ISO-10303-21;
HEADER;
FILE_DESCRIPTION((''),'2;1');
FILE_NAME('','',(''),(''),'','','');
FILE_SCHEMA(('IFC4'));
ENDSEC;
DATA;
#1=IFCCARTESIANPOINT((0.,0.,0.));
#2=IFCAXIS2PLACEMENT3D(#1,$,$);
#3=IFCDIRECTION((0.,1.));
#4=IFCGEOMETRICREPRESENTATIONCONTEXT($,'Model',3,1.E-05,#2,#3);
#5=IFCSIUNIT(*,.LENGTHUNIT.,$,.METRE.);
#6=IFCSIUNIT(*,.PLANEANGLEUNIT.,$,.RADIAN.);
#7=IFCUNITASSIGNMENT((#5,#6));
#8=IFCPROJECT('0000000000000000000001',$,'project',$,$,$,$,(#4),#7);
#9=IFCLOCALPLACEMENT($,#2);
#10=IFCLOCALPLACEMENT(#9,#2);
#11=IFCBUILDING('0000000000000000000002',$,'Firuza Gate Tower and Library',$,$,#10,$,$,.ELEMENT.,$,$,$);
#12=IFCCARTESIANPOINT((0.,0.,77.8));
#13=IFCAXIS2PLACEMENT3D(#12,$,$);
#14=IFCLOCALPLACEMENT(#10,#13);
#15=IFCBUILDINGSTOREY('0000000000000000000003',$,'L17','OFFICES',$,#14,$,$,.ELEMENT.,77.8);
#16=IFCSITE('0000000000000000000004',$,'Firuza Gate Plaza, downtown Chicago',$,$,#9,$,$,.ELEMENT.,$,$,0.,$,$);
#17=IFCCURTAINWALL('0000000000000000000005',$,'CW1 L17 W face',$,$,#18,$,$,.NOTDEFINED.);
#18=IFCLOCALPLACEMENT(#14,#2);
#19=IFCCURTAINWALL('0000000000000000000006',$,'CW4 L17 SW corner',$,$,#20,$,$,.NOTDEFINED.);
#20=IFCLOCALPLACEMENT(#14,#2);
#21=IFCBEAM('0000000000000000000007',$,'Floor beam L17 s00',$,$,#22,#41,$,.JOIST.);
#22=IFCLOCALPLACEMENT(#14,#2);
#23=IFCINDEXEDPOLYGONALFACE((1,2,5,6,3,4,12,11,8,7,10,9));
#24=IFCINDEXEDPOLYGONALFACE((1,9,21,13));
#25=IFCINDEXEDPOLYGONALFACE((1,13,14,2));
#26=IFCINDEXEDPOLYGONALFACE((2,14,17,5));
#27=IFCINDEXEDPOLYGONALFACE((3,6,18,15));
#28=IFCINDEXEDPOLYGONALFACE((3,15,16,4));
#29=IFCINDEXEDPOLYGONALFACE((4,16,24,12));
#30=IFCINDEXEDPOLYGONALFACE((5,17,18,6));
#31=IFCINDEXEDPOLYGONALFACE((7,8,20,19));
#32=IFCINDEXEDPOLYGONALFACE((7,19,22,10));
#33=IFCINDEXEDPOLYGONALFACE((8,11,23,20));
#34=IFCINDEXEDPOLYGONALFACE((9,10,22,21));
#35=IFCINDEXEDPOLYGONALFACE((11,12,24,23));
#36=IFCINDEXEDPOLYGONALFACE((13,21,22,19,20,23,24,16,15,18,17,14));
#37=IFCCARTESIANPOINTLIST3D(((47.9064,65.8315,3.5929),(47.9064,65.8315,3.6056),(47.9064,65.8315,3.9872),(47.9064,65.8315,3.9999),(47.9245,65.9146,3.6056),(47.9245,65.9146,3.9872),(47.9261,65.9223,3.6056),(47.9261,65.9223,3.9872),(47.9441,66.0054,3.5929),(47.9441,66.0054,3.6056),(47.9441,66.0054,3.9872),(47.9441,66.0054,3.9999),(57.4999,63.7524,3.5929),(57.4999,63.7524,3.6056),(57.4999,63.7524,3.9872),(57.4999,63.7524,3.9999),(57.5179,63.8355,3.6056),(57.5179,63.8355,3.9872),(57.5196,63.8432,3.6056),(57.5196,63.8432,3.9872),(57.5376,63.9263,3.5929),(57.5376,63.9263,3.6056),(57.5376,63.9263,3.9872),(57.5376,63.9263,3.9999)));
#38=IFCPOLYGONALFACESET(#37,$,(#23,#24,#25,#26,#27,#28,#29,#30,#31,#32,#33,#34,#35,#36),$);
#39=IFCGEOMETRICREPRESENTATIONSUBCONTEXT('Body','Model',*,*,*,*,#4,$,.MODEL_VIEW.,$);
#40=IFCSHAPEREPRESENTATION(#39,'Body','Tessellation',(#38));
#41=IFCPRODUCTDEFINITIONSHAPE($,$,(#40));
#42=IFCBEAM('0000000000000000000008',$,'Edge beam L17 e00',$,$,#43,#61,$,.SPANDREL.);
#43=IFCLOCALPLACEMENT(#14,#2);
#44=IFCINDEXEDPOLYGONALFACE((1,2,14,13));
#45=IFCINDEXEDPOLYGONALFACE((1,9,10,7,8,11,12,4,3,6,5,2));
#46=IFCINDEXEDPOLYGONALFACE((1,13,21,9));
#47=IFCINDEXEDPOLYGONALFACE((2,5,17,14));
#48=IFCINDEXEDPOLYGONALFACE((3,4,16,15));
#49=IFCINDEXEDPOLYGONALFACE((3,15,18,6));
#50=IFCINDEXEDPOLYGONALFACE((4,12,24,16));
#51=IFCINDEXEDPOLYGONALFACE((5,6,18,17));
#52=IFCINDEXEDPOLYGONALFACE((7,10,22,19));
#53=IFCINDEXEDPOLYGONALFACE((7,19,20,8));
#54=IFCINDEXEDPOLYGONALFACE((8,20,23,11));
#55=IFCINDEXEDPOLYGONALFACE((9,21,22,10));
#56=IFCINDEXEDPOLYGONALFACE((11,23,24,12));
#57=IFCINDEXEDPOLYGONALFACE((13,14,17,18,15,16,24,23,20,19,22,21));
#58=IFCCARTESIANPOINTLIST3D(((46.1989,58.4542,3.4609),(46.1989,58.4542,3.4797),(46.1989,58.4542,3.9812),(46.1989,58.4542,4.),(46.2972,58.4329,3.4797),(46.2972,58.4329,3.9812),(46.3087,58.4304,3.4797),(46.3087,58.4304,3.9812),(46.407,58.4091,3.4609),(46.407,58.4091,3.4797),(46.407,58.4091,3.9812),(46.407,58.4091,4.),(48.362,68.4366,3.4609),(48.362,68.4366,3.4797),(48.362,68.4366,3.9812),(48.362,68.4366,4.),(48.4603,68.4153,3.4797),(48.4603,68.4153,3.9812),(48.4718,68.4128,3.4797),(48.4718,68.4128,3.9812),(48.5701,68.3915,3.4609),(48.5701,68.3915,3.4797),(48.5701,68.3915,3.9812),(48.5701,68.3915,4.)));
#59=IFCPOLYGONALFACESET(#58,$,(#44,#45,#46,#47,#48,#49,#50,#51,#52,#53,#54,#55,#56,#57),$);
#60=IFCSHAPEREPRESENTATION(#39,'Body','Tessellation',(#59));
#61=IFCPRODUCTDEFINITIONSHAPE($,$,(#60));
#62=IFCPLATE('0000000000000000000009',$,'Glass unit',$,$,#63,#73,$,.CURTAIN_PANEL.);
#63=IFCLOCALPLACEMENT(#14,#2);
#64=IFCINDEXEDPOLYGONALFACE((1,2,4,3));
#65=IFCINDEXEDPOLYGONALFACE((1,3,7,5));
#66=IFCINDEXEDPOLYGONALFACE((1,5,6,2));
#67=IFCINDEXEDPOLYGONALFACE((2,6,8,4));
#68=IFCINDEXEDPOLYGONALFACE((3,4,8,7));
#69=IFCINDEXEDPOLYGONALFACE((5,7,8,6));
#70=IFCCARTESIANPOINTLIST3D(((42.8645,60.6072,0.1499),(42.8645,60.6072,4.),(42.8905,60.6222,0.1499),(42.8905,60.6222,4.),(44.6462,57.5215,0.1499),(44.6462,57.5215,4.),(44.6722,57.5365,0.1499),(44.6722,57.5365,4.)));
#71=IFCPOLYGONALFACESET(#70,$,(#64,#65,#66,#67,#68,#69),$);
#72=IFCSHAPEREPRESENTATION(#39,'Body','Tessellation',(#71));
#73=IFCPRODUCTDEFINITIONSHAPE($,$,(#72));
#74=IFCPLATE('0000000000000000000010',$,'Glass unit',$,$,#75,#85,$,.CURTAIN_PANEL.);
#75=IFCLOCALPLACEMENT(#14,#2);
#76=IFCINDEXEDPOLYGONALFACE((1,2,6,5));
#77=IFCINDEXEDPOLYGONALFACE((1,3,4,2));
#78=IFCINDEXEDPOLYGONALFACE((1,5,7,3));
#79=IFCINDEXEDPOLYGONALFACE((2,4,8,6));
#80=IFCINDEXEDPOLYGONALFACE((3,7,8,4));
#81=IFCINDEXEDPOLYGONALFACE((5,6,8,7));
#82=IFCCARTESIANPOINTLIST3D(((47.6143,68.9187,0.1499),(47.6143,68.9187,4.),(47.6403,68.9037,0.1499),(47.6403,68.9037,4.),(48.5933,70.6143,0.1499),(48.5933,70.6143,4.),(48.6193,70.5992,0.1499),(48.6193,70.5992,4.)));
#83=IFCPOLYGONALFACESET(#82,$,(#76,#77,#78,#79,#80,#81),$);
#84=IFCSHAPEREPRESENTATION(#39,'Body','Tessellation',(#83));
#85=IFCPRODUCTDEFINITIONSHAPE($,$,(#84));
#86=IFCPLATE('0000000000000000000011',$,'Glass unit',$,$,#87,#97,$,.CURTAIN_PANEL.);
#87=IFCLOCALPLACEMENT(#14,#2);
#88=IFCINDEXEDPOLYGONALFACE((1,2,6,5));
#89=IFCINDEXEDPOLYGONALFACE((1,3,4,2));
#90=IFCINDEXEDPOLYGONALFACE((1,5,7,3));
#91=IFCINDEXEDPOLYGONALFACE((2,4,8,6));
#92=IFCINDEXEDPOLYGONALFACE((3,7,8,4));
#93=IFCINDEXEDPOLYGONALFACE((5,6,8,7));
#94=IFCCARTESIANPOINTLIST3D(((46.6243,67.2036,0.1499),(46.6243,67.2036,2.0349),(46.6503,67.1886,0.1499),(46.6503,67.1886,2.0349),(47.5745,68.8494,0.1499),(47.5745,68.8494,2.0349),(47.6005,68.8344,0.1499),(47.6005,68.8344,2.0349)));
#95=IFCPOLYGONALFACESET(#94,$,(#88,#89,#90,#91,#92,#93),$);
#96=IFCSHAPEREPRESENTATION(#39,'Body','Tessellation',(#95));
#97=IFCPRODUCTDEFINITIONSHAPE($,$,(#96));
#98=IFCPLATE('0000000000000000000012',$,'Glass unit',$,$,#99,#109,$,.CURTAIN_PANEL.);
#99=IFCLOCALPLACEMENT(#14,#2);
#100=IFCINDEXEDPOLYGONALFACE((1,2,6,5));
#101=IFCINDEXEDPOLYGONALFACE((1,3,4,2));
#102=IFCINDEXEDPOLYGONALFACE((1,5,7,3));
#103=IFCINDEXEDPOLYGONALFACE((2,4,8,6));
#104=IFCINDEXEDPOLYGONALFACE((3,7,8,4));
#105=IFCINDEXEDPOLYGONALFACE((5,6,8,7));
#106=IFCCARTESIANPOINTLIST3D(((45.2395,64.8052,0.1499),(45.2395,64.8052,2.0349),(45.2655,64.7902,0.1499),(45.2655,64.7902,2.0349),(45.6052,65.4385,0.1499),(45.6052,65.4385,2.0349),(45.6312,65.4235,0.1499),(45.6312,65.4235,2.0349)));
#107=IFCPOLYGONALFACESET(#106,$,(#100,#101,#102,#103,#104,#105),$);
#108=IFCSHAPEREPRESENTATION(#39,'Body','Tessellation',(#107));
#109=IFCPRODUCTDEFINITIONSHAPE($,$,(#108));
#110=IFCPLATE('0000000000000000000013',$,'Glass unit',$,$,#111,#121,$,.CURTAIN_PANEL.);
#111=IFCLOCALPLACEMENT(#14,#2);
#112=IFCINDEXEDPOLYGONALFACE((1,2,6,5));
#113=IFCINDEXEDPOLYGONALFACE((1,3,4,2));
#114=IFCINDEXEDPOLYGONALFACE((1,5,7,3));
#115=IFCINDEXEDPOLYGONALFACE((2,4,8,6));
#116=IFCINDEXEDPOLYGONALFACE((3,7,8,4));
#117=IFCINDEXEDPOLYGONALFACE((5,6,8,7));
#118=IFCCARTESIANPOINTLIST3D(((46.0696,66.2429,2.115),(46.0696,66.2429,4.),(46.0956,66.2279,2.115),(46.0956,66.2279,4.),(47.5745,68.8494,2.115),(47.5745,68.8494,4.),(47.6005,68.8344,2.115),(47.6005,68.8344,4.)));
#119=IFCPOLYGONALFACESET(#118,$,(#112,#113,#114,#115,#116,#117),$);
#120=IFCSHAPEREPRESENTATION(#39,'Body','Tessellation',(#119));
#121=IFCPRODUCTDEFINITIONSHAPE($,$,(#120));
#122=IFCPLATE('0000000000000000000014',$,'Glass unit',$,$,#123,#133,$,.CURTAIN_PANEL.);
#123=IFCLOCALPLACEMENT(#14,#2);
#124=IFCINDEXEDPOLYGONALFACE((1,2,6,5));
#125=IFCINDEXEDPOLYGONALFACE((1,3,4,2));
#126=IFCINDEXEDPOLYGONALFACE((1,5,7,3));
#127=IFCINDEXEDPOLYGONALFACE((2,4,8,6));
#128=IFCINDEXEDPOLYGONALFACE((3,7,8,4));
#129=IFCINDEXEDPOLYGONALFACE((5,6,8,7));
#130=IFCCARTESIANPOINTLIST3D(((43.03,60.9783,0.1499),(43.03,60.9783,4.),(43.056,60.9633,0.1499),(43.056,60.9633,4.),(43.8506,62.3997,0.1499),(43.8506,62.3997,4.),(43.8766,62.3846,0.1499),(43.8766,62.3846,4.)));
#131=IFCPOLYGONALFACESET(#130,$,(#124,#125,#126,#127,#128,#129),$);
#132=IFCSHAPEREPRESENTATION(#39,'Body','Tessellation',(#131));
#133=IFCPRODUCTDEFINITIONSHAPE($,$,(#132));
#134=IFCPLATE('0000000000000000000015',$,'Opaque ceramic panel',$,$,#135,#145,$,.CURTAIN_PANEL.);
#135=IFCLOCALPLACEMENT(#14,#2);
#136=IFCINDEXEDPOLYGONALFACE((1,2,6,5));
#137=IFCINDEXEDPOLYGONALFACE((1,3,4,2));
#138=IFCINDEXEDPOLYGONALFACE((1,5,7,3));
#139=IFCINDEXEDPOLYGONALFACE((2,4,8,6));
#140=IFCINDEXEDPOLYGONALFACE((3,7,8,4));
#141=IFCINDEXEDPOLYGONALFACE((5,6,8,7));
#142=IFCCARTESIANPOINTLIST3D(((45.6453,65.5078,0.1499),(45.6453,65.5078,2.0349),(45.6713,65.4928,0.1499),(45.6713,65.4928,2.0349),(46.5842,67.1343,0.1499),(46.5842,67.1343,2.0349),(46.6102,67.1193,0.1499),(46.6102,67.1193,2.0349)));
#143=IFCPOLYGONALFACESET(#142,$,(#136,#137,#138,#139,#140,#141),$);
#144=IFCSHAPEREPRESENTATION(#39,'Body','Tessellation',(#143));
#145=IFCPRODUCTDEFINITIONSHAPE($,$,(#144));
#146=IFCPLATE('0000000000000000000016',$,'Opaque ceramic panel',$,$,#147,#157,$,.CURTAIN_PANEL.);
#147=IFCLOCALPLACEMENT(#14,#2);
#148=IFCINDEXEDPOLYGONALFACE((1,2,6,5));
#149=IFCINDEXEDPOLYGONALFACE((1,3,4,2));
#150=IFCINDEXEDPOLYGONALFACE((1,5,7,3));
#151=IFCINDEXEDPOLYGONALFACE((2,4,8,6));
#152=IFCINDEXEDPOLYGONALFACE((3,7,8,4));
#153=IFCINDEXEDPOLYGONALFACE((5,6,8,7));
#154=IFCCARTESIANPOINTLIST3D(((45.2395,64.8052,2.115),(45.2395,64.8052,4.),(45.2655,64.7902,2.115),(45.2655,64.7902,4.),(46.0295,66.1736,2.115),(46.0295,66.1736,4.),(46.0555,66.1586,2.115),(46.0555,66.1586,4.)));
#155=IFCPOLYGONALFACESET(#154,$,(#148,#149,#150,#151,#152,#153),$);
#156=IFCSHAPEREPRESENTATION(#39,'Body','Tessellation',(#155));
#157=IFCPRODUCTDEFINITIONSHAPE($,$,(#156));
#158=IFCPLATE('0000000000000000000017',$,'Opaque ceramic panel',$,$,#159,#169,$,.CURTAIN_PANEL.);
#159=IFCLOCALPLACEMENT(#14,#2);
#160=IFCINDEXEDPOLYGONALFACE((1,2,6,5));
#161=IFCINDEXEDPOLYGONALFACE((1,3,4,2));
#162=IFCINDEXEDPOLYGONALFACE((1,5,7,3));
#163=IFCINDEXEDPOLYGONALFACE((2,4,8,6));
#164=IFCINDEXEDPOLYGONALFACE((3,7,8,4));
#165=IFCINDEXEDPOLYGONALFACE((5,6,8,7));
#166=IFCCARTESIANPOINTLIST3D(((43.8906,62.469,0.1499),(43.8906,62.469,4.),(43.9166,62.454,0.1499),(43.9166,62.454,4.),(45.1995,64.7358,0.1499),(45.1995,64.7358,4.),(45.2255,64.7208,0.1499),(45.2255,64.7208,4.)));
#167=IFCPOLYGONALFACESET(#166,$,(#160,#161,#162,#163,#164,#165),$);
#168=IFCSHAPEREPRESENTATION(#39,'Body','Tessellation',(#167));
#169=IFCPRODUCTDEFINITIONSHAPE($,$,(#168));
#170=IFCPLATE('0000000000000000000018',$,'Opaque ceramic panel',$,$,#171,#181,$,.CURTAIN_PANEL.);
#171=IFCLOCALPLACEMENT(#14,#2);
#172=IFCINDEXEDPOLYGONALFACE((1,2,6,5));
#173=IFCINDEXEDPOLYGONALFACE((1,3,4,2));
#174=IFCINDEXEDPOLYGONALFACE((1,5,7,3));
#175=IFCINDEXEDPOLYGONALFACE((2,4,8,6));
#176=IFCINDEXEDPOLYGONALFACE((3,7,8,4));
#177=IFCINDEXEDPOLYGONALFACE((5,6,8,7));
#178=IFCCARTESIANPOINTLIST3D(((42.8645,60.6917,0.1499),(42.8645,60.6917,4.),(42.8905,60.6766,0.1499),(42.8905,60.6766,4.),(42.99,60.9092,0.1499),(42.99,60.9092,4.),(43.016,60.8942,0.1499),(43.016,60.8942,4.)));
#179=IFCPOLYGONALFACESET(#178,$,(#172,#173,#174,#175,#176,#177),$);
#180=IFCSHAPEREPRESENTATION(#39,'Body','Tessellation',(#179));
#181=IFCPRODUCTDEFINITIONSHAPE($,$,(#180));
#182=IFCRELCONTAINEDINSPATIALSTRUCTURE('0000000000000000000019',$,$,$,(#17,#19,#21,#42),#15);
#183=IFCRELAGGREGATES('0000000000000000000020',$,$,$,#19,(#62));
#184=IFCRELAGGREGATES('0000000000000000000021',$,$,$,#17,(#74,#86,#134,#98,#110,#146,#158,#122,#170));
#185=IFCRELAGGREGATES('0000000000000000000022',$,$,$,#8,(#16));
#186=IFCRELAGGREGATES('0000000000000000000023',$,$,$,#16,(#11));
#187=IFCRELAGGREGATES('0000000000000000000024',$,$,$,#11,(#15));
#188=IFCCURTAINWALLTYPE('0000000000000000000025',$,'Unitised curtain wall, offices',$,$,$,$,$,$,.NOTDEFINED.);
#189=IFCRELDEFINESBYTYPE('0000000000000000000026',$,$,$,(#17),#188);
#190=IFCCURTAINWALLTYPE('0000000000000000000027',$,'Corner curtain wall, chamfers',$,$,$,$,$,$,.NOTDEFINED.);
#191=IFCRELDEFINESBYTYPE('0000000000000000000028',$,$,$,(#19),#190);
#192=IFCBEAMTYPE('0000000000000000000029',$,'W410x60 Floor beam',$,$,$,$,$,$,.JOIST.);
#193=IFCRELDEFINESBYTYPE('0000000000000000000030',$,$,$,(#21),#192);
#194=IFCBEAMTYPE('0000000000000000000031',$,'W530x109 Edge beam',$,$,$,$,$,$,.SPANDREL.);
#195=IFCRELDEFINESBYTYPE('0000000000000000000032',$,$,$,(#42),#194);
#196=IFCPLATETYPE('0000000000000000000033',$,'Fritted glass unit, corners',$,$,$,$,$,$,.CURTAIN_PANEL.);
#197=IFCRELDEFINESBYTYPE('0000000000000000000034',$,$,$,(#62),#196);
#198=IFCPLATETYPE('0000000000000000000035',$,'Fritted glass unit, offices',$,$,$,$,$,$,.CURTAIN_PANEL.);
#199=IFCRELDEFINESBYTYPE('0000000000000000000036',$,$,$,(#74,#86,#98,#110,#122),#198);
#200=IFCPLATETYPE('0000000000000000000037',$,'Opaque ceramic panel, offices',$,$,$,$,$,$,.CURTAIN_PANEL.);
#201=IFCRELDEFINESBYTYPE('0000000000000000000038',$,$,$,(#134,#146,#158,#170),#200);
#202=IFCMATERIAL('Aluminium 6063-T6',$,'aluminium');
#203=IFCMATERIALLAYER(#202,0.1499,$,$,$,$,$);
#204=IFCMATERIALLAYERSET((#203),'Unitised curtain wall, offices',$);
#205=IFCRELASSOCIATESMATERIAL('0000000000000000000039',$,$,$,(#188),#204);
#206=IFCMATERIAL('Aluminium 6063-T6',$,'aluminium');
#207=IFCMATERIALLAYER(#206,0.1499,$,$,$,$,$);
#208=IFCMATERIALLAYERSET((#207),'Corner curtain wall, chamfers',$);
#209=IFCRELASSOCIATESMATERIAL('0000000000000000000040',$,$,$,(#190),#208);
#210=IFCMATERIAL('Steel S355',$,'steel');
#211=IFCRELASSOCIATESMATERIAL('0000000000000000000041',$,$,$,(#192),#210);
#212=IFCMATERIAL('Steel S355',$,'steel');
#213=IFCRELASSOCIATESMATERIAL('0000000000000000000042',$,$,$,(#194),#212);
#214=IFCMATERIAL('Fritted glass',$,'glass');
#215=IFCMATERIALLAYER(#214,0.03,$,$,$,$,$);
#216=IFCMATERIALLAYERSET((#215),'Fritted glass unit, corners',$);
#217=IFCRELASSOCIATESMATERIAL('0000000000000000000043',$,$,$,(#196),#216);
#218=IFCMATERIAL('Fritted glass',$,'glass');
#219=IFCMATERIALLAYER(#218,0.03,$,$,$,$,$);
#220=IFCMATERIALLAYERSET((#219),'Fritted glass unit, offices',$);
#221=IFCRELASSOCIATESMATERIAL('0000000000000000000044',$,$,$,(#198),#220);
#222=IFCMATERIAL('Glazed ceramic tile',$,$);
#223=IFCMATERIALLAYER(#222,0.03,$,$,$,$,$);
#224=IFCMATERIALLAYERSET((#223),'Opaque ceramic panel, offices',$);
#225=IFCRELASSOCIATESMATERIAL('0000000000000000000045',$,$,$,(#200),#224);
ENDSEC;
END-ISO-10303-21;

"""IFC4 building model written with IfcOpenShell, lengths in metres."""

from ifc_helpers import new_model, si_unit, direction, frame, origin, origin_2d, place, context, subcontext, project, spatial, polyline, i_section, outline, extrude, material, layer, layer_set, material_profile, profile_set, type_object, element, aggregate, save


model = new_model("IFC4")

# Units and contexts
model_context = context("Model", 3, precision=1e-05, world=origin(), true_north=direction((0.0, 1.0)))
body_context = subcontext(model_context, "Body", "Model", "MODEL_VIEW")
ifc_project = project(units=[si_unit("LENGTHUNIT", "METRE"), si_unit("PLANEANGLEUNIT", "RADIAN")], contexts=[model_context])

# Site, building, storey
site_placement = place(None, origin())
site = spatial("IfcSite", under=ifc_project, at=site_placement, Name="Firuza Gate Plaza, downtown Chicago", CompositionType="ELEMENT", RefElevation=0.0)
building_placement = place(site_placement, origin())
building = spatial("IfcBuilding", under=site, at=building_placement, Name="Firuza Gate Tower and Library", CompositionType="ELEMENT")
storey_placement = place(building_placement, frame((0.0, 0.0, 77.8)))
storey = spatial("IfcBuildingStorey", under=building, at=storey_placement, Name="L17", Description="OFFICES", CompositionType="ELEMENT", Elevation=77.8)

# Curtain walls
ifc_material_1 = material(Name="Aluminium 6063-T6", Category="aluminium")
ifc_layer_1 = layer(ifc_material_1, 0.1499)
ifc_layer_set_1 = layer_set([ifc_layer_1], Name="Unitised curtain wall, offices")
curtain_wall_type_1 = type_object("IfcCurtainWallType", Name="Unitised curtain wall, offices", PredefinedType="NOTDEFINED", material=ifc_layer_set_1)
placement = place(storey_placement, origin())
curtain_wall_1 = element("IfcCurtainWall", 1, at=placement, inside=storey, type_object=curtain_wall_type_1, Name="CW1 L17 W face", PredefinedType="NOTDEFINED")
ifc_material_2 = material(Name="Aluminium 6063-T6", Category="aluminium")
ifc_layer_2 = layer(ifc_material_2, 0.1499)
ifc_layer_set_2 = layer_set([ifc_layer_2], Name="Corner curtain wall, chamfers")
curtain_wall_type_2 = type_object("IfcCurtainWallType", Name="Corner curtain wall, chamfers", PredefinedType="NOTDEFINED", material=ifc_layer_set_2)
curtain_wall_2 = element("IfcCurtainWall", 2, at=placement, inside=storey, type_object=curtain_wall_type_2, Name="CW4 L17 SW corner", PredefinedType="NOTDEFINED")

# Beams
ifc_material_3 = material(Name="Steel S355", Category="steel")
ifc_material_profile_1 = material_profile(ifc_material_3, i_section(OverallWidth=0.178, OverallDepth=0.407, WebThickness=0.0078, FlangeThickness=0.0127, at=origin_2d()))
ifc_profile_set_1 = profile_set([ifc_material_profile_1], Name="Steel S355")
beam_type_1 = type_object("IfcBeamType", Name="W410x60 Floor beam", PredefinedType="JOIST", material=ifc_profile_set_1)
beam_1_placement = place(storey_placement, frame((47.9253, 65.9185, 3.7964), z_axis=(0.977312, -0.211803, 0.0), x_axis=(0.211803, 0.977312, 0.0)))
element("IfcBeam", 3, at=beam_1_placement, inside=storey, type_object=beam_type_1, Name="Floor beam L17 s00", PredefinedType="JOIST", context=body_context, shape_type="SweptSolid", body=[
    extrude(i_section(OverallWidth=0.178, OverallDepth=0.407, WebThickness=0.0078, FlangeThickness=0.0127, at=origin_2d()), origin(), (0.0, 0.0, 1.0), 9.8162),
])
ifc_material_4 = material(Name="Steel S355", Category="steel")
ifc_material_profile_2 = material_profile(ifc_material_4, i_section(OverallWidth=0.2129, OverallDepth=0.5391, WebThickness=0.0117, FlangeThickness=0.0188, at=origin_2d()))
ifc_profile_set_2 = profile_set([ifc_material_profile_2], Name="Steel S355")
beam_type_2 = type_object("IfcBeamType", Name="W530x109 Edge beam", PredefinedType="SPANDREL", material=ifc_profile_set_2)
beam_2_placement = place(storey_placement, frame((48.4661, 68.4141, 3.7305), z_axis=(-0.211775, -0.977319, 0.0), x_axis=(0.977319, -0.211775, 0.0)))
element("IfcBeam", 4, at=beam_2_placement, inside=storey, type_object=beam_type_2, Name="Edge beam L17 e00", PredefinedType="SPANDREL", context=body_context, shape_type="SweptSolid", body=[
    extrude(i_section(OverallWidth=0.2129, OverallDepth=0.5391, WebThickness=0.0117, FlangeThickness=0.0188, at=origin_2d()), origin(), (0.0, 0.0, 1.0), 10.2141),
])

# Plates
ifc_material_5 = material(Name="Fritted glass", Category="glass")
ifc_layer_3 = layer(ifc_material_5, 0.03)
ifc_layer_set_3 = layer_set([ifc_layer_3], Name="Fritted glass unit, corners")
plate_type_1 = type_object("IfcPlateType", Name="Fritted glass unit, corners", PredefinedType="CURTAIN_PANEL", material=ifc_layer_set_3)
plate_1_placement = place(storey_placement, frame((42.8645, 60.6072, 0.1499), z_axis=(-0.866, -0.500045, 0.0), x_axis=(0.500045, -0.866, 0.0)))
plate_1 = element("IfcPlate", 5, at=plate_1_placement, type_object=plate_type_1, Name="Glass unit", PredefinedType="CURTAIN_PANEL", context=body_context, shape_type="SweptSolid", body=[
    extrude(outline(polyline([(0.0, 0.0), (3.5632, 0.0), (3.5632, 3.8501), (0.0, 3.8501), (0.0, 0.0)])), origin(), (0.0, 0.0, -1.0), 0.03),
])
aggregate(curtain_wall_2, [plate_1])
ifc_material_6 = material(Name="Fritted glass", Category="glass")
ifc_layer_4 = layer(ifc_material_6, 0.03)
ifc_layer_set_4 = layer_set([ifc_layer_4], Name="Fritted glass unit, offices")
plate_type_2 = type_object("IfcPlateType", Name="Fritted glass unit, offices", PredefinedType="CURTAIN_PANEL", material=ifc_layer_set_4)
plate_2_placement = place(storey_placement, frame((48.5933, 70.6143, 0.1499), z_axis=(-0.866009, 0.500028, 0.0), x_axis=(-0.500028, -0.866009, 0.0)))
plate_2 = element("IfcPlate", 6, at=plate_2_placement, type_object=plate_type_2, Name="Glass unit", PredefinedType="CURTAIN_PANEL", context=body_context, shape_type="SweptSolid", body=[
    extrude(outline(polyline([(0.0, 0.0), (1.9579, 0.0), (1.9579, 3.8501), (0.0, 3.8501), (0.0, 0.0)])), origin(), (0.0, 0.0, -1.0), 0.03),
])
plate_3_placement = place(storey_placement, frame((47.5745, 68.8494, 0.1499), z_axis=(-0.866021, 0.500008, 0.0), x_axis=(-0.500008, -0.866021, 0.0)))
plate_3 = element("IfcPlate", 7, at=plate_3_placement, type_object=plate_type_2, Name="Glass unit", PredefinedType="CURTAIN_PANEL", context=body_context, shape_type="SweptSolid", body=[
    extrude(outline(polyline([(0.0, 0.0), (1.9004, 0.0), (1.9004, 1.885), (0.0, 1.885), (0.0, 0.0)])), origin(), (0.0, 0.0, -1.0), 0.03),
])
plate_4_placement = place(storey_placement, frame((45.6052, 65.4385, 0.1499), z_axis=(-0.865974, 0.500088, 0.0), x_axis=(-0.500088, -0.865974, 0.0)))
plate_4 = element("IfcPlate", 8, at=plate_4_placement, type_object=plate_type_2, Name="Glass unit", PredefinedType="CURTAIN_PANEL", context=body_context, shape_type="SweptSolid", body=[
    extrude(outline(polyline([(0.0, 0.0), (0.7313, 0.0), (0.7313, 1.885), (0.0, 1.885), (0.0, 0.0)])), origin(), (0.0, 0.0, -1.0), 0.03),
])
plate_5_placement = place(storey_placement, frame((47.5745, 68.8494, 2.115), z_axis=(-0.866018, 0.500013, 0.0), x_axis=(-0.500013, -0.866018, 0.0)))
plate_5 = element("IfcPlate", 9, at=plate_5_placement, type_object=plate_type_2, Name="Glass unit", PredefinedType="CURTAIN_PANEL", context=body_context, shape_type="SweptSolid", body=[
    extrude(outline(polyline([(0.0, 0.0), (3.0097, 0.0), (3.0097, 1.885), (0.0, 1.885), (0.0, 0.0)])), origin(), (0.0, 0.0, -1.0), 0.03),
])
plate_6_placement = place(storey_placement, frame((43.8506, 62.3997, 0.1499), z_axis=(-0.866047, 0.499963, 0.0), x_axis=(-0.499963, -0.866047, 0.0)))
plate_6 = element("IfcPlate", 10, at=plate_6_placement, type_object=plate_type_2, Name="Glass unit", PredefinedType="CURTAIN_PANEL", context=body_context, shape_type="SweptSolid", body=[
    extrude(outline(polyline([(0.0, 0.0), (1.6412, 0.0), (1.6412, 3.8501), (0.0, 3.8501), (0.0, 0.0)])), origin(), (0.0, 0.0, -1.0), 0.03),
])
ifc_material_7 = material(Name="Glazed ceramic tile")
ifc_layer_5 = layer(ifc_material_7, 0.03)
ifc_layer_set_5 = layer_set([ifc_layer_5], Name="Opaque ceramic panel, offices")
plate_type_3 = type_object("IfcPlateType", Name="Opaque ceramic panel, offices", PredefinedType="CURTAIN_PANEL", material=ifc_layer_set_5)
plate_7_placement = place(storey_placement, frame((46.5842, 67.1343, 0.1499), z_axis=(-0.866043, 0.49997, 0.0), x_axis=(-0.49997, -0.866043, 0.0)))
plate_7 = element("IfcPlate", 11, at=plate_7_placement, type_object=plate_type_3, Name="Opaque ceramic panel", PredefinedType="CURTAIN_PANEL", context=body_context, shape_type="SweptSolid", body=[
    extrude(outline(polyline([(0.0, 0.0), (1.878, 0.0), (1.878, 1.885), (0.0, 1.885), (0.0, 0.0)])), origin(), (0.0, 0.0, -1.0), 0.03),
])
plate_8_placement = place(storey_placement, frame((46.0295, 66.1736, 2.115), z_axis=(-0.866029, 0.499994, 0.0), x_axis=(-0.499994, -0.866029, 0.0)))
plate_8 = element("IfcPlate", 12, at=plate_8_placement, type_object=plate_type_3, Name="Opaque ceramic panel", PredefinedType="CURTAIN_PANEL", context=body_context, shape_type="SweptSolid", body=[
    extrude(outline(polyline([(0.0, 0.0), (1.5801, 0.0), (1.5801, 1.885), (0.0, 1.885), (0.0, 0.0)])), origin(), (0.0, 0.0, -1.0), 0.03),
])
plate_9_placement = place(storey_placement, frame((45.1995, 64.7358, 0.1499), z_axis=(-0.866013, 0.500021, 0.0), x_axis=(-0.500021, -0.866013, 0.0)))
plate_9 = element("IfcPlate", 13, at=plate_9_placement, type_object=plate_type_3, Name="Opaque ceramic panel", PredefinedType="CURTAIN_PANEL", context=body_context, shape_type="SweptSolid", body=[
    extrude(outline(polyline([(0.0, 0.0), (2.6176, 0.0), (2.6176, 3.8501), (0.0, 3.8501), (0.0, 0.0)])), origin(), (0.0, 0.0, -1.0), 0.03),
])
plate_10_placement = place(storey_placement, frame((42.99, 60.9092, 0.1499), z_axis=(-0.866202, 0.499694, 0.0), x_axis=(-0.499694, -0.866202, 0.0)))
plate_10 = element("IfcPlate", 14, at=plate_10_placement, type_object=plate_type_3, Name="Opaque ceramic panel", PredefinedType="CURTAIN_PANEL", context=body_context, shape_type="SweptSolid", body=[
    extrude(outline(polyline([(0.0, 0.0), (0.2511, 0.0), (0.2511, 3.8501), (0.0, 3.8501), (0.0, 0.0)])), origin(), (0.0, 0.0, -1.0), 0.03),
])
aggregate(curtain_wall_1, [plate_2, plate_3, plate_7, plate_4, plate_5, plate_8, plate_9, plate_6, plate_10])

save(model, "model.ifc")
